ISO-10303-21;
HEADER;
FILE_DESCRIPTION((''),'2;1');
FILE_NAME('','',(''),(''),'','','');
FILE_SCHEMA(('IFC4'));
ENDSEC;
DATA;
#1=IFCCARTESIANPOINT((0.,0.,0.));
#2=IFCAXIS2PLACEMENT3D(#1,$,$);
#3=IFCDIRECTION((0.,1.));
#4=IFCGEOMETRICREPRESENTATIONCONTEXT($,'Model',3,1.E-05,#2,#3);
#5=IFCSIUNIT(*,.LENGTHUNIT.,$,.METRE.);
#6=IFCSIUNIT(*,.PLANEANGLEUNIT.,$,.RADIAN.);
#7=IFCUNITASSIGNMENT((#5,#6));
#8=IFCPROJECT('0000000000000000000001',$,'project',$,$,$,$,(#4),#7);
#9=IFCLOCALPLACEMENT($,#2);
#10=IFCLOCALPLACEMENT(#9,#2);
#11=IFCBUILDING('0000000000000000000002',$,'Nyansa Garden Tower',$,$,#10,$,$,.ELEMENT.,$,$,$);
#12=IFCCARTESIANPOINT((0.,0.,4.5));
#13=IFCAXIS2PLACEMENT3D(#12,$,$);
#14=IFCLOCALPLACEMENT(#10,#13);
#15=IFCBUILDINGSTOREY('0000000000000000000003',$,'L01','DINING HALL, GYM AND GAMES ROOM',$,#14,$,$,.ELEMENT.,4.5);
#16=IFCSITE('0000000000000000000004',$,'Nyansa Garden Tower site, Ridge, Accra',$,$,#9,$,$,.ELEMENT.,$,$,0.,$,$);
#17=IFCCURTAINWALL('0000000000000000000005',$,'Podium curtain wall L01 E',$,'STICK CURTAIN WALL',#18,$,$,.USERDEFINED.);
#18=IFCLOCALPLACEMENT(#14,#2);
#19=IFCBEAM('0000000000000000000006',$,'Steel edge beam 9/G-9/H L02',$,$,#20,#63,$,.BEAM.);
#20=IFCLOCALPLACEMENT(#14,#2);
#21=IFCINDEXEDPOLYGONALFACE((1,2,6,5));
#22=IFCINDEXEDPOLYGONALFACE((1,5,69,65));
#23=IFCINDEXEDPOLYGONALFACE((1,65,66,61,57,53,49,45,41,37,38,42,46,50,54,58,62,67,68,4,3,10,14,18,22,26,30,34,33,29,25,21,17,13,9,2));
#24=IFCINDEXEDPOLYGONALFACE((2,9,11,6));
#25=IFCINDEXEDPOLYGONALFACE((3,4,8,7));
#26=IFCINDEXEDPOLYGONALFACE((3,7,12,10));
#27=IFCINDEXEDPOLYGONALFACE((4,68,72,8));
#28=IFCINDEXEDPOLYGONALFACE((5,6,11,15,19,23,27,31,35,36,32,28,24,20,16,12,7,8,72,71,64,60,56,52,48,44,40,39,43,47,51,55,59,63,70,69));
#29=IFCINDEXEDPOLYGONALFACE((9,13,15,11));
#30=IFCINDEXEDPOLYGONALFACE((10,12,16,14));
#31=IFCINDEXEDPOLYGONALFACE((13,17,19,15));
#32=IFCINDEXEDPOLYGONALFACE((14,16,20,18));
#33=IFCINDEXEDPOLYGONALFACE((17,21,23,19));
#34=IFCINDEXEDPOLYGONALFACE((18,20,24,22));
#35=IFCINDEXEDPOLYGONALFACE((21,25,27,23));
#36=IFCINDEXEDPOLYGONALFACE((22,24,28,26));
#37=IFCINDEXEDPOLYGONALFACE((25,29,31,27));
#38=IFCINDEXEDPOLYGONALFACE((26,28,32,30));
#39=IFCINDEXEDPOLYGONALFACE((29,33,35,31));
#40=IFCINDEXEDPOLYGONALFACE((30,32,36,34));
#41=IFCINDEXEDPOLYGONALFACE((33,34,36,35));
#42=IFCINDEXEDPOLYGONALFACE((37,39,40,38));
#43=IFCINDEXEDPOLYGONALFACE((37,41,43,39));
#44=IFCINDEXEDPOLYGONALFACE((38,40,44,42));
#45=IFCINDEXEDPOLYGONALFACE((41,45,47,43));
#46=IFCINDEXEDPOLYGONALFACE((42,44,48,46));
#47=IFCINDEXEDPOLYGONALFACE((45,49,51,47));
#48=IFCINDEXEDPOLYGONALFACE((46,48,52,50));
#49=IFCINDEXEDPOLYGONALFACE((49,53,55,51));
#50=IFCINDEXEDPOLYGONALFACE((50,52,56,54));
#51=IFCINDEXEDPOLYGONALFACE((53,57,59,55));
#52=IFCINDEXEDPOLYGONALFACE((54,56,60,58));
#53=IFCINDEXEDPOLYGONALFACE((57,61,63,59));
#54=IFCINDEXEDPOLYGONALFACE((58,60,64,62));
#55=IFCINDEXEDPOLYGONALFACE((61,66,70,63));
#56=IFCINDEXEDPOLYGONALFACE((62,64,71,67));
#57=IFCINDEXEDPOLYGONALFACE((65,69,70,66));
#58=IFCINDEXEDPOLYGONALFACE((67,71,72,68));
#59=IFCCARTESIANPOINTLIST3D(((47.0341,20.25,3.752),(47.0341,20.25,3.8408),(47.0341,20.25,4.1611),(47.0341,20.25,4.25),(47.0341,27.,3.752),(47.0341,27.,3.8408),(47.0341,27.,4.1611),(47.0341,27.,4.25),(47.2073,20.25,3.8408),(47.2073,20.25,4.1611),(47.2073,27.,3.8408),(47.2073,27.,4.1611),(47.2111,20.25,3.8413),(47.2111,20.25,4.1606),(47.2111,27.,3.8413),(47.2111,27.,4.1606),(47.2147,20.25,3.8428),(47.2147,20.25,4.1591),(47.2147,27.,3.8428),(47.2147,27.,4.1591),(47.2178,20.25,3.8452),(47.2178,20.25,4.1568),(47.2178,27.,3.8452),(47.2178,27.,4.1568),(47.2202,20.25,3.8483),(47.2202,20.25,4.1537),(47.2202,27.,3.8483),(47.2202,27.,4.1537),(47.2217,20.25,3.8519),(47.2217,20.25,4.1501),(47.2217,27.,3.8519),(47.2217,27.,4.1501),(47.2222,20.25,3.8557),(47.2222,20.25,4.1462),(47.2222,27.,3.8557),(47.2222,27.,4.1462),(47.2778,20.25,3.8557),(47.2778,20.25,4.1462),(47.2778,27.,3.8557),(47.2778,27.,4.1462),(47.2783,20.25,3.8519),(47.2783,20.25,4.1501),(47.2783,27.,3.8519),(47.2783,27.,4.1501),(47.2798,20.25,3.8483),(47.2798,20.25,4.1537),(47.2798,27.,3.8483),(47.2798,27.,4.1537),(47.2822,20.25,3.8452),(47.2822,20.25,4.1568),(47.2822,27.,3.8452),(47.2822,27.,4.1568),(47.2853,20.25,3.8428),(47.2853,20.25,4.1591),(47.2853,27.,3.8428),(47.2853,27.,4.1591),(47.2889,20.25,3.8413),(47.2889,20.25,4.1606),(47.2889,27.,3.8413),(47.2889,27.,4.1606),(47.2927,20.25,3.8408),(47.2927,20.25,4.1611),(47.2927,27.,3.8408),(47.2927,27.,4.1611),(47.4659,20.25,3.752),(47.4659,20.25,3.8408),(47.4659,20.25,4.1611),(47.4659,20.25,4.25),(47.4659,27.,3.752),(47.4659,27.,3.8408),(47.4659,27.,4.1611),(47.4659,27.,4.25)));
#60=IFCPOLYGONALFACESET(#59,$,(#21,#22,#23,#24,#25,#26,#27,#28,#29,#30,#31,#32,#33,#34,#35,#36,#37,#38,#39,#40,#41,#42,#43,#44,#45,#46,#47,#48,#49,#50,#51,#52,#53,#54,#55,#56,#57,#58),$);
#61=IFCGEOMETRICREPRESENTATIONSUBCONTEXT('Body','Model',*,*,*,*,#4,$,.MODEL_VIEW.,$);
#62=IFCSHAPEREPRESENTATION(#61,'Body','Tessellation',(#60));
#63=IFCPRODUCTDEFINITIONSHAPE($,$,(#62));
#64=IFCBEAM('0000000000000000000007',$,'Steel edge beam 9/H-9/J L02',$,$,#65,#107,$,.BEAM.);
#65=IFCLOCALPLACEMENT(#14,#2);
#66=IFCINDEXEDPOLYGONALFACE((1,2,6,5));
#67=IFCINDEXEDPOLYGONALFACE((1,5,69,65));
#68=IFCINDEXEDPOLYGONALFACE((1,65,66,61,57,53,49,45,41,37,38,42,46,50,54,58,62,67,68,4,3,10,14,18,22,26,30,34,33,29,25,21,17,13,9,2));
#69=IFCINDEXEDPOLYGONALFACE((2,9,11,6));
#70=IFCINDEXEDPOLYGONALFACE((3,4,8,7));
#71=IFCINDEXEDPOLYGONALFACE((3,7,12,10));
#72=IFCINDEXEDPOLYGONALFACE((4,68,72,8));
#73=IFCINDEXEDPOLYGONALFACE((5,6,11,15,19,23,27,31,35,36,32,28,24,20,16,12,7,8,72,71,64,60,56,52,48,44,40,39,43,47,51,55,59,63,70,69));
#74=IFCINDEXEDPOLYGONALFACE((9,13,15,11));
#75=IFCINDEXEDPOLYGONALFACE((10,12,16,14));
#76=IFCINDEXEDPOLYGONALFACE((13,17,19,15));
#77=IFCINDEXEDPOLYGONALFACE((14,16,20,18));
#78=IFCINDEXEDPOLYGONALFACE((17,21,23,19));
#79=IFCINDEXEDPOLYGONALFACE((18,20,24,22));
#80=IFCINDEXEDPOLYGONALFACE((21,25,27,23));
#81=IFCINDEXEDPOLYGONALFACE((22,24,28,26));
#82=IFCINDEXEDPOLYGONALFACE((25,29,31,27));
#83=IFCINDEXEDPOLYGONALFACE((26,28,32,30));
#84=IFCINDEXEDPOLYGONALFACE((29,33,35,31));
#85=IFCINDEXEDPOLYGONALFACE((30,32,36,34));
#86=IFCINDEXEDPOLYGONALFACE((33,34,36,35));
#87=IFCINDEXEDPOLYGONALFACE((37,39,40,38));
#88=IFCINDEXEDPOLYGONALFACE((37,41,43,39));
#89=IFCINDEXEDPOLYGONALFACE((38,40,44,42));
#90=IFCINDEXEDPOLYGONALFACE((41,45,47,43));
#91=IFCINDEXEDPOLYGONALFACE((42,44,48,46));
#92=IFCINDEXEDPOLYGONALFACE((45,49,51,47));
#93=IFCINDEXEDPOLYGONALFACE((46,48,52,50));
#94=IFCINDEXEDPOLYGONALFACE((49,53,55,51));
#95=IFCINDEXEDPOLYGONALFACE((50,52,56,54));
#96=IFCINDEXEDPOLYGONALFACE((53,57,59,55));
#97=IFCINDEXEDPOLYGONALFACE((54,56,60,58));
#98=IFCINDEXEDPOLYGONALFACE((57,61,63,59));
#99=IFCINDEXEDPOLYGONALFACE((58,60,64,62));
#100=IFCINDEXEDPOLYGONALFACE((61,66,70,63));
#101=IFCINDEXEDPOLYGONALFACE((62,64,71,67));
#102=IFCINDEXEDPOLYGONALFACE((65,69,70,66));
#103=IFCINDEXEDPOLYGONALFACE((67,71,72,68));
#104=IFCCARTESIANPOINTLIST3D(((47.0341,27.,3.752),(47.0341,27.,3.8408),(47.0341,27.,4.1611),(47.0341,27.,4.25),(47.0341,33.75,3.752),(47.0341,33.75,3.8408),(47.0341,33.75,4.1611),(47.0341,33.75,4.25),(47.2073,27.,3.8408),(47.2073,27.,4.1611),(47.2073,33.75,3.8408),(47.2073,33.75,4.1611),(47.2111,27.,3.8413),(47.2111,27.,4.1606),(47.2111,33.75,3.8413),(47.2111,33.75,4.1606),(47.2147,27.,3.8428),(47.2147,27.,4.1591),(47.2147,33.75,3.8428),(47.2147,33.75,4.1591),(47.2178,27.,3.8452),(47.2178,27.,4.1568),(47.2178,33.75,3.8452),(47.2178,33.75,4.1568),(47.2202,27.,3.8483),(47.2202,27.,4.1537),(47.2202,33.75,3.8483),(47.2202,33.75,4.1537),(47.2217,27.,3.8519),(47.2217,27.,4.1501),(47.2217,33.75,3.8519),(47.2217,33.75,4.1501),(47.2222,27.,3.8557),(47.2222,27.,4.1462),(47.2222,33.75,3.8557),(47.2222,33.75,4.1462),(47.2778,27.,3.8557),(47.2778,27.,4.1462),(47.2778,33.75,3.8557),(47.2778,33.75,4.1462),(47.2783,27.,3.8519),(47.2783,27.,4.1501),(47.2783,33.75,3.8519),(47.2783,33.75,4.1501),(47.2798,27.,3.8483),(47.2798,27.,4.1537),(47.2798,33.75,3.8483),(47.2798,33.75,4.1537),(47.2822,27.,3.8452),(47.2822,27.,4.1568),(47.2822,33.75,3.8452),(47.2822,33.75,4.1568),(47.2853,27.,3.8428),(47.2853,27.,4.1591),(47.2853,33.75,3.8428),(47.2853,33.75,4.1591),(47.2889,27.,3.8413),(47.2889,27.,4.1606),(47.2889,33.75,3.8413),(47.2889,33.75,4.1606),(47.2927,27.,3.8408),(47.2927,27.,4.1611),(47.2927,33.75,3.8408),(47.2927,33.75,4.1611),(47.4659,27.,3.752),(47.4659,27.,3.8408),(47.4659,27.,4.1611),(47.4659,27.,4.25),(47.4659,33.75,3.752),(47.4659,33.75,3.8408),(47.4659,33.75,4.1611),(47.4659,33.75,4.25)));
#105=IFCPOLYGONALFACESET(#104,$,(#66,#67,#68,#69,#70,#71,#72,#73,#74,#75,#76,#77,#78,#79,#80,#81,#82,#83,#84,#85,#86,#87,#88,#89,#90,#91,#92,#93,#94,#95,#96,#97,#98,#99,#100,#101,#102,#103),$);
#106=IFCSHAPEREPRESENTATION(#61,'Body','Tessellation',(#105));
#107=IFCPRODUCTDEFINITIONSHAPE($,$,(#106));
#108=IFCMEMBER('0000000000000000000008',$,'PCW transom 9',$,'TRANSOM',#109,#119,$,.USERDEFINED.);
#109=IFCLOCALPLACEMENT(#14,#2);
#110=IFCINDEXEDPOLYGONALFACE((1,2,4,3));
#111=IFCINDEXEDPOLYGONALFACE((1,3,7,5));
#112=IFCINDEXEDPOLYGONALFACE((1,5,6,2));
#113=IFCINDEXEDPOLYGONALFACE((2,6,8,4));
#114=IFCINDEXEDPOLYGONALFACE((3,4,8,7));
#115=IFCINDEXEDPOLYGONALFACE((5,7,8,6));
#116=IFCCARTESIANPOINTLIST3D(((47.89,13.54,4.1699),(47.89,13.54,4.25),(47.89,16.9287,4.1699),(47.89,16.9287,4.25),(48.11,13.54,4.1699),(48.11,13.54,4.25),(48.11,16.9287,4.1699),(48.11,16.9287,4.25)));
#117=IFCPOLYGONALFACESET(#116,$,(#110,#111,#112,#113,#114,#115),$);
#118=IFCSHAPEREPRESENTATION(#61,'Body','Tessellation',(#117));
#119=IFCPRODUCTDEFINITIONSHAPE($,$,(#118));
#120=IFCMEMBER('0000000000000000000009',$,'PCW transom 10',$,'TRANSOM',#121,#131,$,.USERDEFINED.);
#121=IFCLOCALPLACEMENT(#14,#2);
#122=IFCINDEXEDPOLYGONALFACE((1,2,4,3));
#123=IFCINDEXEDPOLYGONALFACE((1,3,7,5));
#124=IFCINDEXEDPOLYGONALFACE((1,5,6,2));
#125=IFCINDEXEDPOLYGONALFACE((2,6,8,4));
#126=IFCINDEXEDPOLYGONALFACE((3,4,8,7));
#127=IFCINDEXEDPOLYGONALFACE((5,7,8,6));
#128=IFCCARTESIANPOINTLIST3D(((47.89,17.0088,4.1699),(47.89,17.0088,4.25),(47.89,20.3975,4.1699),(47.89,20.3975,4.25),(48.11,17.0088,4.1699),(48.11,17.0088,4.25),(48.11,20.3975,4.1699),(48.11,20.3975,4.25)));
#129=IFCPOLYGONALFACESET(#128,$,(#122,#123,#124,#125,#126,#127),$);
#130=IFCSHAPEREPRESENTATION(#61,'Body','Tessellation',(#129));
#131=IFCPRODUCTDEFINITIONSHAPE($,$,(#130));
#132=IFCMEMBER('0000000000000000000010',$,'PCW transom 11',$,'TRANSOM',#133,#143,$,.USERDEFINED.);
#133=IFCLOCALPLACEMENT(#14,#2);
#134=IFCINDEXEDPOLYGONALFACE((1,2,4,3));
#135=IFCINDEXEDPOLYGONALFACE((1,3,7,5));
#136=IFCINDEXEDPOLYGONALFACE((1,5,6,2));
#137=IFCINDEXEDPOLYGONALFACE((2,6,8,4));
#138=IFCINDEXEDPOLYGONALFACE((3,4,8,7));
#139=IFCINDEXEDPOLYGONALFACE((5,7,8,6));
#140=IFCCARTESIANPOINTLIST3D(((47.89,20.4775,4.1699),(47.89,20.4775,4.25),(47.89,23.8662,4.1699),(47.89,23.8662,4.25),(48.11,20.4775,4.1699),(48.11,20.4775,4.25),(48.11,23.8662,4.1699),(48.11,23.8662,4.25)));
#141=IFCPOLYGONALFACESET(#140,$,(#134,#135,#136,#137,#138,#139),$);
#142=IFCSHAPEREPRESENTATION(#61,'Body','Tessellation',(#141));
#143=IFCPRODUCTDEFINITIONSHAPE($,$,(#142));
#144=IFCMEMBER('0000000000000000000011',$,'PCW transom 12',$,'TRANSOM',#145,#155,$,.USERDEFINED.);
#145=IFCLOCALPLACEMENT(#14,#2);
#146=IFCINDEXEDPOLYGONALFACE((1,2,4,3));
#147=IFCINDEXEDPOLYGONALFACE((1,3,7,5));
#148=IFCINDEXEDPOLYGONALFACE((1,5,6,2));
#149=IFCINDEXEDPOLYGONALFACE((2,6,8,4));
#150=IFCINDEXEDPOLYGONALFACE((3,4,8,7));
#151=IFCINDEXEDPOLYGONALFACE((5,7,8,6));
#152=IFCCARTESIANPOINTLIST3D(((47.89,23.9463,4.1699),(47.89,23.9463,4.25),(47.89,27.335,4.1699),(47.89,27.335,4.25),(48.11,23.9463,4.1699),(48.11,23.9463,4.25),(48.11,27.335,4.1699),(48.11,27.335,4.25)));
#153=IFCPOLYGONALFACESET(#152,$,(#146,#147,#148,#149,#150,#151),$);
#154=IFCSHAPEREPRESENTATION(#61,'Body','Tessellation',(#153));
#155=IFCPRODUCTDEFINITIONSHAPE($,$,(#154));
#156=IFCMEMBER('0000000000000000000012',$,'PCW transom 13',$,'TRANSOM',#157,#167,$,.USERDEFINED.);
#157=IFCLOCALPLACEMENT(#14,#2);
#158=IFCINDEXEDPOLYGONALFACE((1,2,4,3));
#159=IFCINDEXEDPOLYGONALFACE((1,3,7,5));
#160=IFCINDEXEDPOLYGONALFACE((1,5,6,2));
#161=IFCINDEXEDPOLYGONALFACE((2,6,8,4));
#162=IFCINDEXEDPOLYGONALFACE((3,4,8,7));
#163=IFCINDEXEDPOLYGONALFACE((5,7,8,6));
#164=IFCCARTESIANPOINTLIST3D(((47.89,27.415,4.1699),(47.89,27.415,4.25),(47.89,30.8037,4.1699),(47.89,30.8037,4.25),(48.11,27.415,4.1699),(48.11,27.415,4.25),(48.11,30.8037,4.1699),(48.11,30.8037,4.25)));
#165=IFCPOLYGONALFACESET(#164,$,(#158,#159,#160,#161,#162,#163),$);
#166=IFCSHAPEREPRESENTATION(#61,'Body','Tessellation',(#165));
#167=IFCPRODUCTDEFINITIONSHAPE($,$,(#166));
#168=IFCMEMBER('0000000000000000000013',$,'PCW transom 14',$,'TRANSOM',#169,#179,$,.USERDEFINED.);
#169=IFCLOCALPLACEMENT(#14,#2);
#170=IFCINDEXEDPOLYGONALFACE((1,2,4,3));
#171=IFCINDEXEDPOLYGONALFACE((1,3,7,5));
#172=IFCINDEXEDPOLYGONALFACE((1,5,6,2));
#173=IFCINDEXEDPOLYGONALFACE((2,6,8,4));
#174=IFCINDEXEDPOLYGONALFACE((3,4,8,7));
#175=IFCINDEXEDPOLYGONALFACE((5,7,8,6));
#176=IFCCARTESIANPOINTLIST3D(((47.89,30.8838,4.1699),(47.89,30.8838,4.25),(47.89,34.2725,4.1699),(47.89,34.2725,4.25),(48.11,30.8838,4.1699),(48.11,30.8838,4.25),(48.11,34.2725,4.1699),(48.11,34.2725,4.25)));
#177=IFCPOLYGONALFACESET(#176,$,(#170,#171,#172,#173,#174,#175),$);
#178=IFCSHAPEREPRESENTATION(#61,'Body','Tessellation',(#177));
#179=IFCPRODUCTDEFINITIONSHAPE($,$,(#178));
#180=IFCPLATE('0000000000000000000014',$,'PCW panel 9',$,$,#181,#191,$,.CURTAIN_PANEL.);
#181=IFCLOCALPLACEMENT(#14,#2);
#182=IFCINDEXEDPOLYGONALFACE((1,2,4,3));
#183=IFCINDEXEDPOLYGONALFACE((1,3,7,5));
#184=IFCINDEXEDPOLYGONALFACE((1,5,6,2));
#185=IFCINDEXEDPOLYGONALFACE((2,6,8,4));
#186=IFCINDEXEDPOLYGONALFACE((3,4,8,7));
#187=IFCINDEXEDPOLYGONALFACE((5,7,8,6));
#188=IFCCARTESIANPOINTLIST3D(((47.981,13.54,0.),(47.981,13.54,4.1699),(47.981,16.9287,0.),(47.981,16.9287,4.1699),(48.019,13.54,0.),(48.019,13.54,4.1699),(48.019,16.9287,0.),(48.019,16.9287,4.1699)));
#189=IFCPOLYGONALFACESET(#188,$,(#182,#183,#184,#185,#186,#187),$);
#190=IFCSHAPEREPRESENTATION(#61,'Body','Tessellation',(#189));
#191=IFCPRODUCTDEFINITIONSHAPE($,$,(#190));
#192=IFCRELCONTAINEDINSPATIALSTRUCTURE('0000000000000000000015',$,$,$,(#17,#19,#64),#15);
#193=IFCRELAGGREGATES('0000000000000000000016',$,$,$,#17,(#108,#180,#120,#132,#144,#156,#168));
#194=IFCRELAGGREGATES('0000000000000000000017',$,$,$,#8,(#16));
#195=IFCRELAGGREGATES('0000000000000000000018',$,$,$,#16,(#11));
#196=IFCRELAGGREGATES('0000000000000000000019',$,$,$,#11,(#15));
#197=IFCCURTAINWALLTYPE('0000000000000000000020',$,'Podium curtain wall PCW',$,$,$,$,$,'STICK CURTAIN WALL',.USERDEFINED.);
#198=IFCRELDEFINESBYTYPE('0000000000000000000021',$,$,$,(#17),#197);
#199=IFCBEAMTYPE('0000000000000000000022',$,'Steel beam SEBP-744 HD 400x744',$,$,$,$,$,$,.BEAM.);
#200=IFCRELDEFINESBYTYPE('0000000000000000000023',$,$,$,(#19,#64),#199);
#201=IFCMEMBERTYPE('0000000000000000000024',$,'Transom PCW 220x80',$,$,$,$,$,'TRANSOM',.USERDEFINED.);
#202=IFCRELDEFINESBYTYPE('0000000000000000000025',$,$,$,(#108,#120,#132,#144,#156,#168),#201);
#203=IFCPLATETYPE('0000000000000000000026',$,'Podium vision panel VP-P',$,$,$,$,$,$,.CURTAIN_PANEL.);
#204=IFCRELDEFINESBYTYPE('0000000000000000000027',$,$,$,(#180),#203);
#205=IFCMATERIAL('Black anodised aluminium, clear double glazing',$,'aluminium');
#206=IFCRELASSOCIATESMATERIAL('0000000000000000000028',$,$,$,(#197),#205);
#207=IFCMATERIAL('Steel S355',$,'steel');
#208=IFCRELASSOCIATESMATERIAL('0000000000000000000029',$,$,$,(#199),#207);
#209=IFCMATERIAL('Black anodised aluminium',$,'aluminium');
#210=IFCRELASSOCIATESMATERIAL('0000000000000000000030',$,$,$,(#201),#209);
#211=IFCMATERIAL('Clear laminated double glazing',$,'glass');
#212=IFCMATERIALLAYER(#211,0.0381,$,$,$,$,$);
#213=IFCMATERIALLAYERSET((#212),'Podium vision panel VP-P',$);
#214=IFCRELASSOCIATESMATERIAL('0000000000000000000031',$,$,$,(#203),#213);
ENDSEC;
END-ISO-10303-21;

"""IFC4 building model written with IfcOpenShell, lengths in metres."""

from ifc_helpers import new_model, si_unit, direction, frame, origin, origin_2d, place, context, subcontext, project, spatial, rectangle, i_section, extrude, material, layer, layer_set, material_profile, profile_set, type_object, element, aggregate, save


model = new_model("IFC4")

# Units and contexts
model_context = context("Model", 3, precision=1e-05, world=origin(), true_north=direction((0.0, 1.0)))
body_context = subcontext(model_context, "Body", "Model", "MODEL_VIEW")
ifc_project = project(units=[si_unit("LENGTHUNIT", "METRE"), si_unit("PLANEANGLEUNIT", "RADIAN")], contexts=[model_context])

# Site, building, storey
site_placement = place(None, origin())
site = spatial("IfcSite", under=ifc_project, at=site_placement, Name="Nyansa Garden Tower site, Ridge, Accra", CompositionType="ELEMENT", RefElevation=0.0)
building_placement = place(site_placement, origin())
building = spatial("IfcBuilding", under=site, at=building_placement, Name="Nyansa Garden Tower", CompositionType="ELEMENT")
storey_placement = place(building_placement, frame((0.0, 0.0, 4.5)))
storey = spatial("IfcBuildingStorey", under=building, at=storey_placement, Name="L01", Description="DINING HALL, GYM AND GAMES ROOM", CompositionType="ELEMENT", Elevation=4.5)

# Curtain wall
ifc_material_1 = material(Name="Black anodised aluminium, clear double glazing", Category="aluminium")
curtain_wall_type = type_object("IfcCurtainWallType", Name="Podium curtain wall PCW", ElementType="STICK CURTAIN WALL", PredefinedType="USERDEFINED", material=ifc_material_1)
curtain_wall_placement = place(storey_placement, origin())
curtain_wall = element("IfcCurtainWall", 1, at=curtain_wall_placement, inside=storey, type_object=curtain_wall_type, Name="Podium curtain wall L01 E", ObjectType="STICK CURTAIN WALL", PredefinedType="USERDEFINED")

# Beams
ifc_material_2 = material(Name="Steel S355", Category="steel")
ifc_material_profile_1 = material_profile(ifc_material_2, i_section(OverallWidth=0.4319, OverallDepth=0.498, WebThickness=0.0557, FlangeThickness=0.0889, FilletRadius=0.0149, at=origin_2d()), Name="HD 400x744")
ifc_profile_set_1 = profile_set([ifc_material_profile_1], Name="Steel S355")
beam_type_1 = type_object("IfcBeamType", Name="Steel beam SEBP-744 HD 400x744", PredefinedType="BEAM", material=ifc_profile_set_1)
for number, where, z_axis, x_axis, name in (
    (2, (47.25, 20.25, 4.001), (0.0, 1.0, 0.0), (-1.0, 0.0, 0.0), "Steel edge beam 9/G-9/H L02"),
    (3, (47.25, 27.0, 4.001), (0.0, 1.0, 0.0), (-1.0, 0.0, 0.0), "Steel edge beam 9/H-9/J L02"),
):
    element("IfcBeam", number, at=place(storey_placement, frame(where, z_axis=z_axis, x_axis=x_axis)), inside=storey, type_object=beam_type_1, Name=name, PredefinedType="BEAM", context=body_context, shape_type="SweptSolid", body=[
        extrude(i_section(OverallWidth=0.4319, OverallDepth=0.498, WebThickness=0.0557, FlangeThickness=0.0889, FilletRadius=0.0149, at=origin_2d()), origin(), (0.0, 0.0, 1.0), 6.75),
    ])

# Members
ifc_material_3 = material(Name="Black anodised aluminium", Category="aluminium")
ifc_material_profile_2 = material_profile(ifc_material_3, rectangle(XDim=0.22, YDim=0.0801, at=origin_2d()), Name="Transom 220x80")
ifc_profile_set_2 = profile_set([ifc_material_profile_2], Name="Black anodised aluminium")
member_type_1 = type_object("IfcMemberType", Name="Transom PCW 220x80", ElementType="TRANSOM", PredefinedType="USERDEFINED", material=ifc_profile_set_2)
member_1_placement = place(storey_placement, frame((48.0, 13.54, 4.21), z_axis=(0.0, 1.0, 0.0), x_axis=(-1.0, 0.0, 0.0)))
member_1 = element("IfcMember", 4, at=member_1_placement, type_object=member_type_1, Name="PCW transom 9", ObjectType="TRANSOM", PredefinedType="USERDEFINED", context=body_context, shape_type="SweptSolid", body=[
    extrude(rectangle(XDim=0.22, YDim=0.0801, at=origin_2d()), origin(), (0.0, 0.0, 1.0), 3.3887),
])
member_2_placement = place(storey_placement, frame((48.0, 17.0088, 4.21), z_axis=(0.0, 1.0, 0.0), x_axis=(-1.0, 0.0, 0.0)))
member_2 = element("IfcMember", 5, at=member_2_placement, type_object=member_type_1, Name="PCW transom 10", ObjectType="TRANSOM", PredefinedType="USERDEFINED", context=body_context, shape_type="SweptSolid", body=[
    extrude(rectangle(XDim=0.22, YDim=0.0801, at=origin_2d()), origin(), (0.0, 0.0, 1.0), 3.3887),
])
member_3_placement = place(storey_placement, frame((48.0, 20.4775, 4.21), z_axis=(0.0, 1.0, 0.0), x_axis=(-1.0, 0.0, 0.0)))
member_3 = element("IfcMember", 6, at=member_3_placement, type_object=member_type_1, Name="PCW transom 11", ObjectType="TRANSOM", PredefinedType="USERDEFINED", context=body_context, shape_type="SweptSolid", body=[
    extrude(rectangle(XDim=0.22, YDim=0.0801, at=origin_2d()), origin(), (0.0, 0.0, 1.0), 3.3887),
])
member_4_placement = place(storey_placement, frame((48.0, 23.9463, 4.21), z_axis=(0.0, 1.0, 0.0), x_axis=(-1.0, 0.0, 0.0)))
member_4 = element("IfcMember", 7, at=member_4_placement, type_object=member_type_1, Name="PCW transom 12", ObjectType="TRANSOM", PredefinedType="USERDEFINED", context=body_context, shape_type="SweptSolid", body=[
    extrude(rectangle(XDim=0.22, YDim=0.0801, at=origin_2d()), origin(), (0.0, 0.0, 1.0), 3.3887),
])
member_5_placement = place(storey_placement, frame((48.0, 27.415, 4.21), z_axis=(0.0, 1.0, 0.0), x_axis=(-1.0, 0.0, 0.0)))
member_5 = element("IfcMember", 8, at=member_5_placement, type_object=member_type_1, Name="PCW transom 13", ObjectType="TRANSOM", PredefinedType="USERDEFINED", context=body_context, shape_type="SweptSolid", body=[
    extrude(rectangle(XDim=0.22, YDim=0.0801, at=origin_2d()), origin(), (0.0, 0.0, 1.0), 3.3887),
])
member_6_placement = place(storey_placement, frame((48.0, 30.8838, 4.21), z_axis=(0.0, 1.0, 0.0), x_axis=(-1.0, 0.0, 0.0)))
member_6 = element("IfcMember", 9, at=member_6_placement, type_object=member_type_1, Name="PCW transom 14", ObjectType="TRANSOM", PredefinedType="USERDEFINED", context=body_context, shape_type="SweptSolid", body=[
    extrude(rectangle(XDim=0.22, YDim=0.0801, at=origin_2d()), origin(), (0.0, 0.0, 1.0), 3.3887),
])

# Plate
ifc_material_4 = material(Name="Clear laminated double glazing", Category="glass")
ifc_layer = layer(ifc_material_4, 0.0381)
ifc_layer_set = layer_set([ifc_layer], Name="Podium vision panel VP-P")
plate_type = type_object("IfcPlateType", Name="Podium vision panel VP-P", PredefinedType="CURTAIN_PANEL", material=ifc_layer_set)
plate_1_placement = place(storey_placement, frame((48.0, 15.2344, 0.0), z_axis=(0.0, 0.0, 1.0), x_axis=(0.0, 1.0, 0.0)))
plate_1 = element("IfcPlate", 10, at=plate_1_placement, type_object=plate_type, Name="PCW panel 9", PredefinedType="CURTAIN_PANEL", context=body_context, shape_type="SweptSolid", body=[
    extrude(rectangle(XDim=3.3887, YDim=0.0381, at=origin_2d()), origin(), (0.0, 0.0, 1.0), 4.1699),
])
aggregate(curtain_wall, [member_1, plate_1, member_2, member_3, member_4, member_5, member_6])

save(model, "model.ifc")
